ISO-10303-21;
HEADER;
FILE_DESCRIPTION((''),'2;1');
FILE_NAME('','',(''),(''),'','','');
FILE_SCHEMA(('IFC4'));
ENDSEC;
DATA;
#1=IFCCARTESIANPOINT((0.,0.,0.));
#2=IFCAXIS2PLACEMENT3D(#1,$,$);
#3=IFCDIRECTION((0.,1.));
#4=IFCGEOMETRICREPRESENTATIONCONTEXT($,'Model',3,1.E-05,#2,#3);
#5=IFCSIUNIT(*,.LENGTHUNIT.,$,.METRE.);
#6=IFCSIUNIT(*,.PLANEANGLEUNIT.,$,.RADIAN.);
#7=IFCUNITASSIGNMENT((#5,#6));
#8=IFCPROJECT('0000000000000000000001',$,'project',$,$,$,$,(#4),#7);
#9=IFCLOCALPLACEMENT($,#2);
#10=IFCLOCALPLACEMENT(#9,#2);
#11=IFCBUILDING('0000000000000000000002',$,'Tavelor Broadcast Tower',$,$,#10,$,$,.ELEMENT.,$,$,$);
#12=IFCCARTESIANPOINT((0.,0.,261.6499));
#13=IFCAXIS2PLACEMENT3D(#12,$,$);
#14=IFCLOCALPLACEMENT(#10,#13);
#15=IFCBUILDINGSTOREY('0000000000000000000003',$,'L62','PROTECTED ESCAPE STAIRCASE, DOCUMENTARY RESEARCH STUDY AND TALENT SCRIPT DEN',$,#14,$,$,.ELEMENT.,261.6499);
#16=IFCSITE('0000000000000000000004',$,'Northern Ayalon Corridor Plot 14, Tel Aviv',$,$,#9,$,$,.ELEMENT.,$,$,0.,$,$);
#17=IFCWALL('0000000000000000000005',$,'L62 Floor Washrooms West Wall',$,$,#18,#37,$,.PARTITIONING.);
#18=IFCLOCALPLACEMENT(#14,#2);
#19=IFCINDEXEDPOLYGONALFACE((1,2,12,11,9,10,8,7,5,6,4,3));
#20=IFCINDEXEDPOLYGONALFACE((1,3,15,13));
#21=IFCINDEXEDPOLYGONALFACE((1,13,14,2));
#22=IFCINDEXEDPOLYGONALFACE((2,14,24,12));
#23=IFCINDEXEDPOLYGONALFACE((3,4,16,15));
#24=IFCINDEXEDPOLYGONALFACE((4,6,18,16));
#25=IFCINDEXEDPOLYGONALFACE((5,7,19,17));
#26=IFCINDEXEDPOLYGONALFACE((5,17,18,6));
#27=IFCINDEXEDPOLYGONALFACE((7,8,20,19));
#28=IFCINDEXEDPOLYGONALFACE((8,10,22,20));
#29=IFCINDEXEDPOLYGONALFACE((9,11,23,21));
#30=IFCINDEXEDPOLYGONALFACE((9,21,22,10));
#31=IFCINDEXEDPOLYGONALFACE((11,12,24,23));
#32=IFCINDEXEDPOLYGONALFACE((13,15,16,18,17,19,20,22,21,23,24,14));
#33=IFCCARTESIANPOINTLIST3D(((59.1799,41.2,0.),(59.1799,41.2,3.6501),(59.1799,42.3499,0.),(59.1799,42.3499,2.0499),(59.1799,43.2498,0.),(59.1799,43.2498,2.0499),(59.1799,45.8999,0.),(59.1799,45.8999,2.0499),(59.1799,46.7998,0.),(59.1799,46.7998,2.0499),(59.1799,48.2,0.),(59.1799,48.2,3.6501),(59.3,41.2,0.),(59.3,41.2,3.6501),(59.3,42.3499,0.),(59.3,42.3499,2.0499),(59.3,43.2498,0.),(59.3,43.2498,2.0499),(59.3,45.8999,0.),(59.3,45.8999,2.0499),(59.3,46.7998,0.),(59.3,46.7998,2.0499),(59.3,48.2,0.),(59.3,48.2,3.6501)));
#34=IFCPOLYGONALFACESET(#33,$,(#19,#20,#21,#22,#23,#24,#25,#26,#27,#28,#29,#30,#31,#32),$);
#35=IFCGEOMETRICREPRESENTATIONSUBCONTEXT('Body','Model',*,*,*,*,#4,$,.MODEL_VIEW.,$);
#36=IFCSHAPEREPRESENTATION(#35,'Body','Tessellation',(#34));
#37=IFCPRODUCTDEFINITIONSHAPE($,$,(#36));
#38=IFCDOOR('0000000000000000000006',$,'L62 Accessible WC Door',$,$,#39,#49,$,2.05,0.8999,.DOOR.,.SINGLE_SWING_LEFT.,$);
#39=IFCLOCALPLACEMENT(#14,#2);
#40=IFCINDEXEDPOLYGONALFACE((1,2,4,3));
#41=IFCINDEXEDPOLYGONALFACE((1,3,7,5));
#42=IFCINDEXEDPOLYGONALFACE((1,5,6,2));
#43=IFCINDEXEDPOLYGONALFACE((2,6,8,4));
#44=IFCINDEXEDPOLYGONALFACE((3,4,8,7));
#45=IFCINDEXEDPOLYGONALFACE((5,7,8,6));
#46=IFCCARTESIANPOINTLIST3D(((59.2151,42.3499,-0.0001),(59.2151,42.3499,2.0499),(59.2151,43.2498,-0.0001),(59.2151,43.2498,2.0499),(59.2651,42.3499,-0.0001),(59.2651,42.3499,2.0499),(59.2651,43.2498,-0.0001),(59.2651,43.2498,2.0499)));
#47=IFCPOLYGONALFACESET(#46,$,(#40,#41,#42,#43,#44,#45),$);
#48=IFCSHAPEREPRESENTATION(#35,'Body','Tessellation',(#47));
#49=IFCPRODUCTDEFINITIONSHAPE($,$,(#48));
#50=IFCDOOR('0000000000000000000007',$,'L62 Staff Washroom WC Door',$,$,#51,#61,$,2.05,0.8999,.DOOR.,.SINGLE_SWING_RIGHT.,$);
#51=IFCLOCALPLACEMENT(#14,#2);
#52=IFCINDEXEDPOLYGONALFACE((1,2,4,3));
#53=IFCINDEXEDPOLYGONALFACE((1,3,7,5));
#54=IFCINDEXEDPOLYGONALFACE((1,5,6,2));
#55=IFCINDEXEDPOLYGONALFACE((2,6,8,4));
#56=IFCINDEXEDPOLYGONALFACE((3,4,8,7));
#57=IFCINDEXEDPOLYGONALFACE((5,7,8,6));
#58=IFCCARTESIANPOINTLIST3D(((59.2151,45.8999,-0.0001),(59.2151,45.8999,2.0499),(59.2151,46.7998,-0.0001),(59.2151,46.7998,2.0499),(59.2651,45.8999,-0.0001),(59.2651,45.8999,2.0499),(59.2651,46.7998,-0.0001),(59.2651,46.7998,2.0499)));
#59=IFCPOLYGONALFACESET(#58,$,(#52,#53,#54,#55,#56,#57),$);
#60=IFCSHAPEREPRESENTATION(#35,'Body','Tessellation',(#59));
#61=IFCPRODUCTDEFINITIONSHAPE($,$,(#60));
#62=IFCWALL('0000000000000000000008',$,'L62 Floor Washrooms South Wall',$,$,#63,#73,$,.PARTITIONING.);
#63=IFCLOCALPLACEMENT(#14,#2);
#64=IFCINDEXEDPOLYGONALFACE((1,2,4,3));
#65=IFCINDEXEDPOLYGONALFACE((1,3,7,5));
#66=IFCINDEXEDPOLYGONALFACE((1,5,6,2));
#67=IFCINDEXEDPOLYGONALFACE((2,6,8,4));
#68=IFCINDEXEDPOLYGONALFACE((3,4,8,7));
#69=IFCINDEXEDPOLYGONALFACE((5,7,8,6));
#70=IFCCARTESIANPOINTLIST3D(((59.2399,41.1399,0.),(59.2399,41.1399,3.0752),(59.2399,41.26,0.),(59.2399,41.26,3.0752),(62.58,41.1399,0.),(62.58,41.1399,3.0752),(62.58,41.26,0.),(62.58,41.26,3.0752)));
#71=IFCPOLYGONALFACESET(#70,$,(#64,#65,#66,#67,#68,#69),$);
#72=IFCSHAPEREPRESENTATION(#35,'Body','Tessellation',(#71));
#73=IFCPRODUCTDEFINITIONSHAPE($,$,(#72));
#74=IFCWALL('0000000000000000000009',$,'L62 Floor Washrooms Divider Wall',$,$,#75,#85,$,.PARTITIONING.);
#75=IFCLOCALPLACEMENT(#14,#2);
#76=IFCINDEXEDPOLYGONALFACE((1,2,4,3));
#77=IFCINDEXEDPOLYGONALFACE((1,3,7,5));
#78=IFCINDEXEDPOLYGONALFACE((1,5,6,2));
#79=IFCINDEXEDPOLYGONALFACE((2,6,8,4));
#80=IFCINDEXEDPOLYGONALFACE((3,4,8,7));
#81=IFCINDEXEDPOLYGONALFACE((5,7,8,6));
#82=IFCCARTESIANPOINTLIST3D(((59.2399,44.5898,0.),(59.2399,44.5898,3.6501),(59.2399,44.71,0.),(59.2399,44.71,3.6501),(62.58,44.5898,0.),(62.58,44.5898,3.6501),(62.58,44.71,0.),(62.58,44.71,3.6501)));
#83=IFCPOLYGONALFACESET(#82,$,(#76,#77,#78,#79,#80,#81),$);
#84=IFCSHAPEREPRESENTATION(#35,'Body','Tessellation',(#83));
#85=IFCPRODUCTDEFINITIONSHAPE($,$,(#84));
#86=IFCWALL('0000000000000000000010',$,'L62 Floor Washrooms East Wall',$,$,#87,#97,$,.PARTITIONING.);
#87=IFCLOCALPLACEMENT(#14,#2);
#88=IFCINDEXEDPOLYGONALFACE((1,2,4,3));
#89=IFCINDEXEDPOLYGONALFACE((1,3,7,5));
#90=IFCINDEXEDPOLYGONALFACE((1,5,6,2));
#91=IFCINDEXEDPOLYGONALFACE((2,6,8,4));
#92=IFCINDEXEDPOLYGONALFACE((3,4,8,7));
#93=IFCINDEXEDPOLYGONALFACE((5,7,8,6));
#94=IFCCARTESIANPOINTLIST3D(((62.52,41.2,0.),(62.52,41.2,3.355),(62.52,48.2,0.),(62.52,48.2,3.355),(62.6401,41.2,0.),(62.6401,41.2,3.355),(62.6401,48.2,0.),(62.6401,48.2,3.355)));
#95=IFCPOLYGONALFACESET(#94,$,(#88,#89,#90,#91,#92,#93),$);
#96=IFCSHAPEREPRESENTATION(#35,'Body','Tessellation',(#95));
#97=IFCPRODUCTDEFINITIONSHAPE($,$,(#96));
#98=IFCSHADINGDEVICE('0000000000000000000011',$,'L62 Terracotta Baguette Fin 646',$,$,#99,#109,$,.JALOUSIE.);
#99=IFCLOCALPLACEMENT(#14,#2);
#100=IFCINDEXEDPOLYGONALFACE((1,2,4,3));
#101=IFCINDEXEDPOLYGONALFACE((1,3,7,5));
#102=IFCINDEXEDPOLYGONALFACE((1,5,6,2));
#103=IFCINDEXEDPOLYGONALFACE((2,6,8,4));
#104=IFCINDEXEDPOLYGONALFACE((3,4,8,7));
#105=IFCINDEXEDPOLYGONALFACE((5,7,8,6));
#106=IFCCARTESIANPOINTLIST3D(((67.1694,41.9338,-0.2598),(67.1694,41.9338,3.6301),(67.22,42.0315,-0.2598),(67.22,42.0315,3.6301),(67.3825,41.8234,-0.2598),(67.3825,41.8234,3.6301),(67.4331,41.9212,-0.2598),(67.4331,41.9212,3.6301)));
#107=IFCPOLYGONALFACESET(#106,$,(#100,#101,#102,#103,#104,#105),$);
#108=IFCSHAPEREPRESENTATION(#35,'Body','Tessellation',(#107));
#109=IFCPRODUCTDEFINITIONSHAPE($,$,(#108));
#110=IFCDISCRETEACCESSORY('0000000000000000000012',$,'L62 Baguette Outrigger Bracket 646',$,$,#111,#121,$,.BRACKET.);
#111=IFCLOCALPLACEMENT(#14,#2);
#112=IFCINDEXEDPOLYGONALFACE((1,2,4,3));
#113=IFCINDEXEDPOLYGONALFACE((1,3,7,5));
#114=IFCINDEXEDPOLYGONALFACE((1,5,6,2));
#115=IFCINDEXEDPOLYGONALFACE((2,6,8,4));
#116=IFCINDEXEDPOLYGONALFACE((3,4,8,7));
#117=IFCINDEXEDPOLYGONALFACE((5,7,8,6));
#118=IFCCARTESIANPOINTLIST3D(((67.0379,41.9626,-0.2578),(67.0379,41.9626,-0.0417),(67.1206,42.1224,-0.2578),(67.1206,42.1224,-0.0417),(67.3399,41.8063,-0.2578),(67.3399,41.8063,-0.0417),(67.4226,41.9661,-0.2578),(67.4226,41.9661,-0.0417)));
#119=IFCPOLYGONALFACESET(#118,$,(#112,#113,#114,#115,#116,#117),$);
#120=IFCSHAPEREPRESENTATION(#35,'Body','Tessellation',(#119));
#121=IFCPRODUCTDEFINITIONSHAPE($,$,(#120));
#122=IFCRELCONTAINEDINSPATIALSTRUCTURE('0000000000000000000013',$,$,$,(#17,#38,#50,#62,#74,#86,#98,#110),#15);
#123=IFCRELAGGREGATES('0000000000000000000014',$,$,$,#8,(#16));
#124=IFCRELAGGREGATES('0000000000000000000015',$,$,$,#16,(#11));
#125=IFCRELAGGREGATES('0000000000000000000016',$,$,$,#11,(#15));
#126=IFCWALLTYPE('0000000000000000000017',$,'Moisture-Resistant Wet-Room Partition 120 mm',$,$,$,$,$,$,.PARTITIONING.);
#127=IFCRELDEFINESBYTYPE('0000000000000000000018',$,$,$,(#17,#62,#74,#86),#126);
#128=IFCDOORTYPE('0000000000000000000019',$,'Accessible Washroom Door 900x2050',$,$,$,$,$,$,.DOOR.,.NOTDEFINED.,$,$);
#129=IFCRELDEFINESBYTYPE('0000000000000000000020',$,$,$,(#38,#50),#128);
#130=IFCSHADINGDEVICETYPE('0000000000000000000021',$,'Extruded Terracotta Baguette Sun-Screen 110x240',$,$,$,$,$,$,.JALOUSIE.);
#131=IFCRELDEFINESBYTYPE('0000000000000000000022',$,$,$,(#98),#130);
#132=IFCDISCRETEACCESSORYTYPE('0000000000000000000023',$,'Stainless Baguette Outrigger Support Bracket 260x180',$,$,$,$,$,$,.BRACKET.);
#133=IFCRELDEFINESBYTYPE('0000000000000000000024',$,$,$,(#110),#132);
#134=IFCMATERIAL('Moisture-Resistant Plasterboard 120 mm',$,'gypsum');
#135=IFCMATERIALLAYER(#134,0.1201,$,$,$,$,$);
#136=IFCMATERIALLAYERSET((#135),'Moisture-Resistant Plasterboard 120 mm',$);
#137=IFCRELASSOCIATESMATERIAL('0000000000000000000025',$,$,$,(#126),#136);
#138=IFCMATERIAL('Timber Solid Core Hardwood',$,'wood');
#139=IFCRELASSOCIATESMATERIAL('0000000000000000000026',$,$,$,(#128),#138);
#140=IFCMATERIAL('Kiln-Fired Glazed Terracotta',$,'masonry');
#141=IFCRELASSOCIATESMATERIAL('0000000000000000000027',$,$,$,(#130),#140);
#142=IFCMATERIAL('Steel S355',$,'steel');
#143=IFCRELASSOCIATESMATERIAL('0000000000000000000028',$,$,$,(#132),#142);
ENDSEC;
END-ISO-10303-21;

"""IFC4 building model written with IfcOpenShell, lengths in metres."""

from ifc_helpers import new_model, si_unit, direction, frame, frame_2d, origin, origin_2d, place, context, subcontext, project, spatial, rectangle, extrude, source, transform, mapped, material, layer, layer_set, type_object, type_shapes, element, fill, save


model = new_model("IFC4")

# Units and contexts
model_context = context("Model", 3, precision=1e-05, world=origin(), true_north=direction((0.0, 1.0)))
body_context = subcontext(model_context, "Body", "Model", "MODEL_VIEW")
ifc_project = project(units=[si_unit("LENGTHUNIT", "METRE"), si_unit("PLANEANGLEUNIT", "RADIAN")], contexts=[model_context])

# Site, building, storey
site_placement = place(None, origin())
site = spatial("IfcSite", under=ifc_project, at=site_placement, Name="Northern Ayalon Corridor Plot 14, Tel Aviv", CompositionType="ELEMENT", RefElevation=0.0)
building_placement = place(site_placement, origin())
building = spatial("IfcBuilding", under=site, at=building_placement, Name="Tavelor Broadcast Tower", CompositionType="ELEMENT")
storey_placement = place(building_placement, frame((0.0, 0.0, 261.6499)))
storey = spatial("IfcBuildingStorey", under=building, at=storey_placement, Name="L62", Description="PROTECTED ESCAPE STAIRCASE, DOCUMENTARY RESEARCH STUDY AND TALENT SCRIPT DEN", CompositionType="ELEMENT", Elevation=261.6499)

# Shared definitions
ifc_material_1 = material(Name="Steel S355", Category="steel")

# Shared definitions
ifc_material_2 = material(Name="Timber Solid Core Hardwood", Category="wood")

# Wall, openings, doors
ifc_material_3 = material(Name="Moisture-Resistant Plasterboard 120 mm", Category="gypsum")
ifc_layer_1 = layer(ifc_material_3, 0.1201)
ifc_layer_set_1 = layer_set([ifc_layer_1], Name="Moisture-Resistant Plasterboard 120 mm")
wall_type_1 = type_object("IfcWallType", Name="Moisture-Resistant Wet-Room Partition 120 mm", PredefinedType="PARTITIONING", material=ifc_layer_set_1)
wall_1_placement = place(storey_placement, frame((59.24, 41.2, 0.0), z_axis=(0.0, 0.0, 1.0), x_axis=(0.0, 1.0, 0.0)))
wall_1 = element("IfcWall", 1, at=wall_1_placement, inside=storey, type_object=wall_type_1, Name="L62 Floor Washrooms West Wall", PredefinedType="PARTITIONING", context=body_context, shape_type="SweptSolid", body=[
    extrude(rectangle(XDim=7.0, YDim=0.1201, at=frame_2d((3.5, 0.0))), origin(), (0.0, 0.0, 1.0), 3.6501),
])
opening_1_placement = place(wall_1_placement, frame((1.1499, 0.0, 0.0)))
opening_1 = element("IfcOpeningElement", 2, at=opening_1_placement, cuts=wall_1, PredefinedType="OPENING", context=body_context, shape_type="SweptSolid", body=[
    extrude(rectangle(XDim=0.8999, YDim=2.05, at=frame_2d((0.45, 1.0249))), frame((0.0, 0.0701, 0.0), z_axis=(0.0, -1.0, 0.0), x_axis=(1.0, 0.0, 0.0)), (0.0, 0.0, 1.0), 0.1401),
])
opening_2_placement = place(wall_1_placement, frame((4.7, 0.0, 0.0)))
opening_2 = element("IfcOpeningElement", 3, at=opening_2_placement, cuts=wall_1, PredefinedType="OPENING", context=body_context, shape_type="SweptSolid", body=[
    extrude(rectangle(XDim=0.8999, YDim=2.05, at=frame_2d((0.45, 1.0249))), frame((0.0, 0.0701, 0.0), z_axis=(0.0, -1.0, 0.0), x_axis=(1.0, 0.0, 0.0)), (0.0, 0.0, 1.0), 0.1401),
])
door_type_1 = type_object("IfcDoorType", Name="Accessible Washroom Door 900x2050", OperationType="NOTDEFINED", PredefinedType="DOOR", material=ifc_material_2)
door_1_placement = place(opening_1_placement, origin())
door_1 = element("IfcDoor", 4, at=door_1_placement, inside=storey, type_object=door_type_1, Name="L62 Accessible WC Door", OperationType="SINGLE_SWING_LEFT", OverallHeight=2.05, OverallWidth=0.8999, PredefinedType="DOOR", context=body_context, shape_type="SweptSolid", body=[
    extrude(rectangle(XDim=0.8999, YDim=2.05, at=frame_2d((0.45, 1.0249))), frame((0.0, 0.0249, 0.0), z_axis=(0.0, -1.0, 0.0), x_axis=(1.0, 0.0, 0.0)), (0.0, 0.0, 1.0), 0.05),
])
fill(opening_1, door_1)
door_2_placement = place(opening_2_placement, origin())
door_2 = element("IfcDoor", 5, at=door_2_placement, inside=storey, type_object=door_type_1, Name="L62 Staff Washroom WC Door", OperationType="SINGLE_SWING_RIGHT", OverallHeight=2.05, OverallWidth=0.8999, PredefinedType="DOOR", context=body_context, shape_type="SweptSolid", body=[
    extrude(rectangle(XDim=0.8999, YDim=2.05, at=frame_2d((0.45, 1.0249))), frame((0.0, 0.0249, 0.0), z_axis=(0.0, -1.0, 0.0), x_axis=(1.0, 0.0, 0.0)), (0.0, 0.0, 1.0), 0.05),
])
fill(opening_2, door_2)

# Walls
wall_2_placement = place(storey_placement, frame((59.24, 41.2, 0.0), z_axis=(0.0, 0.0, 1.0), x_axis=(1.0, 0.0, 0.0)))
element("IfcWall", 6, at=wall_2_placement, inside=storey, type_object=wall_type_1, Name="L62 Floor Washrooms South Wall", PredefinedType="PARTITIONING", context=body_context, shape_type="SweptSolid", body=[
    extrude(rectangle(XDim=3.3401, YDim=0.1201, at=frame_2d((1.6699, 0.0))), origin(), (0.0, 0.0, 1.0), 3.0752),
])
wall_3_placement = place(storey_placement, frame((59.24, 44.6499, 0.0), z_axis=(0.0, 0.0, 1.0), x_axis=(1.0, 0.0, 0.0)))
element("IfcWall", 7, at=wall_3_placement, inside=storey, type_object=wall_type_1, Name="L62 Floor Washrooms Divider Wall", PredefinedType="PARTITIONING", context=body_context, shape_type="SweptSolid", body=[
    extrude(rectangle(XDim=3.3401, YDim=0.1201, at=frame_2d((1.6699, 0.0))), origin(), (0.0, 0.0, 1.0), 3.6501),
])
wall_4_placement = place(storey_placement, frame((62.5801, 41.2, 0.0), z_axis=(0.0, 0.0, 1.0), x_axis=(0.0, 1.0, 0.0)))
element("IfcWall", 8, at=wall_4_placement, inside=storey, type_object=wall_type_1, Name="L62 Floor Washrooms East Wall", PredefinedType="PARTITIONING", context=body_context, shape_type="SweptSolid", body=[
    extrude(rectangle(XDim=7.0, YDim=0.1201, at=frame_2d((3.5, 0.0))), origin(), (0.0, 0.0, 1.0), 3.355),
])

# Shading device
ifc_material_4 = material(Name="Kiln-Fired Glazed Terracotta", Category="masonry")
shading_device_type = type_object("IfcShadingDeviceType", Name="Extruded Terracotta Baguette Sun-Screen 110x240", PredefinedType="JALOUSIE", material=ifc_material_4)
shared_shape_1 = source(origin(), body_context, "Body", "SweptSolid", [
    extrude(rectangle(XDim=0.1101, YDim=0.24, at=origin_2d()), origin(), (0.0, 0.0, 1.0), 3.8899),
])
type_shapes(shading_device_type, [shared_shape_1])
shading_device_placement = place(storey_placement, frame((67.3013, 41.9275, -0.2598), z_axis=(0.0, 0.0, 1.0), x_axis=(0.459735, 0.888056, 0.0)))
element("IfcShadingDevice", 9, at=shading_device_placement, inside=storey, type_object=shading_device_type, Name="L62 Terracotta Baguette Fin 646", PredefinedType="JALOUSIE", context=body_context, shape_type="MappedRepresentation", body=[
    mapped(shared_shape_1, transform((0.0, 0.0, 0.0), scale=1.0)),
])

# Discrete accessory
discrete_accessory_type = type_object("IfcDiscreteAccessoryType", Name="Stainless Baguette Outrigger Support Bracket 260x180", PredefinedType="BRACKET", material=ifc_material_1)
shared_shape_2 = source(origin(), body_context, "Body", "SweptSolid", [
    extrude(rectangle(XDim=0.1799, YDim=0.3401, at=origin_2d()), origin(), (0.0, 0.0, 1.0), 0.2161),
])
type_shapes(discrete_accessory_type, [shared_shape_2])
discrete_accessory_placement = place(storey_placement, frame((67.2302, 41.9644, -0.2578), z_axis=(0.0, 0.0, 1.0), x_axis=(0.459735, 0.888056, 0.0)))
element("IfcDiscreteAccessory", 10, at=discrete_accessory_placement, inside=storey, type_object=discrete_accessory_type, Name="L62 Baguette Outrigger Bracket 646", PredefinedType="BRACKET", context=body_context, shape_type="MappedRepresentation", body=[
    mapped(shared_shape_2, transform((0.0, 0.0, 0.0), scale=1.0)),
])

save(model, "model.ifc")
